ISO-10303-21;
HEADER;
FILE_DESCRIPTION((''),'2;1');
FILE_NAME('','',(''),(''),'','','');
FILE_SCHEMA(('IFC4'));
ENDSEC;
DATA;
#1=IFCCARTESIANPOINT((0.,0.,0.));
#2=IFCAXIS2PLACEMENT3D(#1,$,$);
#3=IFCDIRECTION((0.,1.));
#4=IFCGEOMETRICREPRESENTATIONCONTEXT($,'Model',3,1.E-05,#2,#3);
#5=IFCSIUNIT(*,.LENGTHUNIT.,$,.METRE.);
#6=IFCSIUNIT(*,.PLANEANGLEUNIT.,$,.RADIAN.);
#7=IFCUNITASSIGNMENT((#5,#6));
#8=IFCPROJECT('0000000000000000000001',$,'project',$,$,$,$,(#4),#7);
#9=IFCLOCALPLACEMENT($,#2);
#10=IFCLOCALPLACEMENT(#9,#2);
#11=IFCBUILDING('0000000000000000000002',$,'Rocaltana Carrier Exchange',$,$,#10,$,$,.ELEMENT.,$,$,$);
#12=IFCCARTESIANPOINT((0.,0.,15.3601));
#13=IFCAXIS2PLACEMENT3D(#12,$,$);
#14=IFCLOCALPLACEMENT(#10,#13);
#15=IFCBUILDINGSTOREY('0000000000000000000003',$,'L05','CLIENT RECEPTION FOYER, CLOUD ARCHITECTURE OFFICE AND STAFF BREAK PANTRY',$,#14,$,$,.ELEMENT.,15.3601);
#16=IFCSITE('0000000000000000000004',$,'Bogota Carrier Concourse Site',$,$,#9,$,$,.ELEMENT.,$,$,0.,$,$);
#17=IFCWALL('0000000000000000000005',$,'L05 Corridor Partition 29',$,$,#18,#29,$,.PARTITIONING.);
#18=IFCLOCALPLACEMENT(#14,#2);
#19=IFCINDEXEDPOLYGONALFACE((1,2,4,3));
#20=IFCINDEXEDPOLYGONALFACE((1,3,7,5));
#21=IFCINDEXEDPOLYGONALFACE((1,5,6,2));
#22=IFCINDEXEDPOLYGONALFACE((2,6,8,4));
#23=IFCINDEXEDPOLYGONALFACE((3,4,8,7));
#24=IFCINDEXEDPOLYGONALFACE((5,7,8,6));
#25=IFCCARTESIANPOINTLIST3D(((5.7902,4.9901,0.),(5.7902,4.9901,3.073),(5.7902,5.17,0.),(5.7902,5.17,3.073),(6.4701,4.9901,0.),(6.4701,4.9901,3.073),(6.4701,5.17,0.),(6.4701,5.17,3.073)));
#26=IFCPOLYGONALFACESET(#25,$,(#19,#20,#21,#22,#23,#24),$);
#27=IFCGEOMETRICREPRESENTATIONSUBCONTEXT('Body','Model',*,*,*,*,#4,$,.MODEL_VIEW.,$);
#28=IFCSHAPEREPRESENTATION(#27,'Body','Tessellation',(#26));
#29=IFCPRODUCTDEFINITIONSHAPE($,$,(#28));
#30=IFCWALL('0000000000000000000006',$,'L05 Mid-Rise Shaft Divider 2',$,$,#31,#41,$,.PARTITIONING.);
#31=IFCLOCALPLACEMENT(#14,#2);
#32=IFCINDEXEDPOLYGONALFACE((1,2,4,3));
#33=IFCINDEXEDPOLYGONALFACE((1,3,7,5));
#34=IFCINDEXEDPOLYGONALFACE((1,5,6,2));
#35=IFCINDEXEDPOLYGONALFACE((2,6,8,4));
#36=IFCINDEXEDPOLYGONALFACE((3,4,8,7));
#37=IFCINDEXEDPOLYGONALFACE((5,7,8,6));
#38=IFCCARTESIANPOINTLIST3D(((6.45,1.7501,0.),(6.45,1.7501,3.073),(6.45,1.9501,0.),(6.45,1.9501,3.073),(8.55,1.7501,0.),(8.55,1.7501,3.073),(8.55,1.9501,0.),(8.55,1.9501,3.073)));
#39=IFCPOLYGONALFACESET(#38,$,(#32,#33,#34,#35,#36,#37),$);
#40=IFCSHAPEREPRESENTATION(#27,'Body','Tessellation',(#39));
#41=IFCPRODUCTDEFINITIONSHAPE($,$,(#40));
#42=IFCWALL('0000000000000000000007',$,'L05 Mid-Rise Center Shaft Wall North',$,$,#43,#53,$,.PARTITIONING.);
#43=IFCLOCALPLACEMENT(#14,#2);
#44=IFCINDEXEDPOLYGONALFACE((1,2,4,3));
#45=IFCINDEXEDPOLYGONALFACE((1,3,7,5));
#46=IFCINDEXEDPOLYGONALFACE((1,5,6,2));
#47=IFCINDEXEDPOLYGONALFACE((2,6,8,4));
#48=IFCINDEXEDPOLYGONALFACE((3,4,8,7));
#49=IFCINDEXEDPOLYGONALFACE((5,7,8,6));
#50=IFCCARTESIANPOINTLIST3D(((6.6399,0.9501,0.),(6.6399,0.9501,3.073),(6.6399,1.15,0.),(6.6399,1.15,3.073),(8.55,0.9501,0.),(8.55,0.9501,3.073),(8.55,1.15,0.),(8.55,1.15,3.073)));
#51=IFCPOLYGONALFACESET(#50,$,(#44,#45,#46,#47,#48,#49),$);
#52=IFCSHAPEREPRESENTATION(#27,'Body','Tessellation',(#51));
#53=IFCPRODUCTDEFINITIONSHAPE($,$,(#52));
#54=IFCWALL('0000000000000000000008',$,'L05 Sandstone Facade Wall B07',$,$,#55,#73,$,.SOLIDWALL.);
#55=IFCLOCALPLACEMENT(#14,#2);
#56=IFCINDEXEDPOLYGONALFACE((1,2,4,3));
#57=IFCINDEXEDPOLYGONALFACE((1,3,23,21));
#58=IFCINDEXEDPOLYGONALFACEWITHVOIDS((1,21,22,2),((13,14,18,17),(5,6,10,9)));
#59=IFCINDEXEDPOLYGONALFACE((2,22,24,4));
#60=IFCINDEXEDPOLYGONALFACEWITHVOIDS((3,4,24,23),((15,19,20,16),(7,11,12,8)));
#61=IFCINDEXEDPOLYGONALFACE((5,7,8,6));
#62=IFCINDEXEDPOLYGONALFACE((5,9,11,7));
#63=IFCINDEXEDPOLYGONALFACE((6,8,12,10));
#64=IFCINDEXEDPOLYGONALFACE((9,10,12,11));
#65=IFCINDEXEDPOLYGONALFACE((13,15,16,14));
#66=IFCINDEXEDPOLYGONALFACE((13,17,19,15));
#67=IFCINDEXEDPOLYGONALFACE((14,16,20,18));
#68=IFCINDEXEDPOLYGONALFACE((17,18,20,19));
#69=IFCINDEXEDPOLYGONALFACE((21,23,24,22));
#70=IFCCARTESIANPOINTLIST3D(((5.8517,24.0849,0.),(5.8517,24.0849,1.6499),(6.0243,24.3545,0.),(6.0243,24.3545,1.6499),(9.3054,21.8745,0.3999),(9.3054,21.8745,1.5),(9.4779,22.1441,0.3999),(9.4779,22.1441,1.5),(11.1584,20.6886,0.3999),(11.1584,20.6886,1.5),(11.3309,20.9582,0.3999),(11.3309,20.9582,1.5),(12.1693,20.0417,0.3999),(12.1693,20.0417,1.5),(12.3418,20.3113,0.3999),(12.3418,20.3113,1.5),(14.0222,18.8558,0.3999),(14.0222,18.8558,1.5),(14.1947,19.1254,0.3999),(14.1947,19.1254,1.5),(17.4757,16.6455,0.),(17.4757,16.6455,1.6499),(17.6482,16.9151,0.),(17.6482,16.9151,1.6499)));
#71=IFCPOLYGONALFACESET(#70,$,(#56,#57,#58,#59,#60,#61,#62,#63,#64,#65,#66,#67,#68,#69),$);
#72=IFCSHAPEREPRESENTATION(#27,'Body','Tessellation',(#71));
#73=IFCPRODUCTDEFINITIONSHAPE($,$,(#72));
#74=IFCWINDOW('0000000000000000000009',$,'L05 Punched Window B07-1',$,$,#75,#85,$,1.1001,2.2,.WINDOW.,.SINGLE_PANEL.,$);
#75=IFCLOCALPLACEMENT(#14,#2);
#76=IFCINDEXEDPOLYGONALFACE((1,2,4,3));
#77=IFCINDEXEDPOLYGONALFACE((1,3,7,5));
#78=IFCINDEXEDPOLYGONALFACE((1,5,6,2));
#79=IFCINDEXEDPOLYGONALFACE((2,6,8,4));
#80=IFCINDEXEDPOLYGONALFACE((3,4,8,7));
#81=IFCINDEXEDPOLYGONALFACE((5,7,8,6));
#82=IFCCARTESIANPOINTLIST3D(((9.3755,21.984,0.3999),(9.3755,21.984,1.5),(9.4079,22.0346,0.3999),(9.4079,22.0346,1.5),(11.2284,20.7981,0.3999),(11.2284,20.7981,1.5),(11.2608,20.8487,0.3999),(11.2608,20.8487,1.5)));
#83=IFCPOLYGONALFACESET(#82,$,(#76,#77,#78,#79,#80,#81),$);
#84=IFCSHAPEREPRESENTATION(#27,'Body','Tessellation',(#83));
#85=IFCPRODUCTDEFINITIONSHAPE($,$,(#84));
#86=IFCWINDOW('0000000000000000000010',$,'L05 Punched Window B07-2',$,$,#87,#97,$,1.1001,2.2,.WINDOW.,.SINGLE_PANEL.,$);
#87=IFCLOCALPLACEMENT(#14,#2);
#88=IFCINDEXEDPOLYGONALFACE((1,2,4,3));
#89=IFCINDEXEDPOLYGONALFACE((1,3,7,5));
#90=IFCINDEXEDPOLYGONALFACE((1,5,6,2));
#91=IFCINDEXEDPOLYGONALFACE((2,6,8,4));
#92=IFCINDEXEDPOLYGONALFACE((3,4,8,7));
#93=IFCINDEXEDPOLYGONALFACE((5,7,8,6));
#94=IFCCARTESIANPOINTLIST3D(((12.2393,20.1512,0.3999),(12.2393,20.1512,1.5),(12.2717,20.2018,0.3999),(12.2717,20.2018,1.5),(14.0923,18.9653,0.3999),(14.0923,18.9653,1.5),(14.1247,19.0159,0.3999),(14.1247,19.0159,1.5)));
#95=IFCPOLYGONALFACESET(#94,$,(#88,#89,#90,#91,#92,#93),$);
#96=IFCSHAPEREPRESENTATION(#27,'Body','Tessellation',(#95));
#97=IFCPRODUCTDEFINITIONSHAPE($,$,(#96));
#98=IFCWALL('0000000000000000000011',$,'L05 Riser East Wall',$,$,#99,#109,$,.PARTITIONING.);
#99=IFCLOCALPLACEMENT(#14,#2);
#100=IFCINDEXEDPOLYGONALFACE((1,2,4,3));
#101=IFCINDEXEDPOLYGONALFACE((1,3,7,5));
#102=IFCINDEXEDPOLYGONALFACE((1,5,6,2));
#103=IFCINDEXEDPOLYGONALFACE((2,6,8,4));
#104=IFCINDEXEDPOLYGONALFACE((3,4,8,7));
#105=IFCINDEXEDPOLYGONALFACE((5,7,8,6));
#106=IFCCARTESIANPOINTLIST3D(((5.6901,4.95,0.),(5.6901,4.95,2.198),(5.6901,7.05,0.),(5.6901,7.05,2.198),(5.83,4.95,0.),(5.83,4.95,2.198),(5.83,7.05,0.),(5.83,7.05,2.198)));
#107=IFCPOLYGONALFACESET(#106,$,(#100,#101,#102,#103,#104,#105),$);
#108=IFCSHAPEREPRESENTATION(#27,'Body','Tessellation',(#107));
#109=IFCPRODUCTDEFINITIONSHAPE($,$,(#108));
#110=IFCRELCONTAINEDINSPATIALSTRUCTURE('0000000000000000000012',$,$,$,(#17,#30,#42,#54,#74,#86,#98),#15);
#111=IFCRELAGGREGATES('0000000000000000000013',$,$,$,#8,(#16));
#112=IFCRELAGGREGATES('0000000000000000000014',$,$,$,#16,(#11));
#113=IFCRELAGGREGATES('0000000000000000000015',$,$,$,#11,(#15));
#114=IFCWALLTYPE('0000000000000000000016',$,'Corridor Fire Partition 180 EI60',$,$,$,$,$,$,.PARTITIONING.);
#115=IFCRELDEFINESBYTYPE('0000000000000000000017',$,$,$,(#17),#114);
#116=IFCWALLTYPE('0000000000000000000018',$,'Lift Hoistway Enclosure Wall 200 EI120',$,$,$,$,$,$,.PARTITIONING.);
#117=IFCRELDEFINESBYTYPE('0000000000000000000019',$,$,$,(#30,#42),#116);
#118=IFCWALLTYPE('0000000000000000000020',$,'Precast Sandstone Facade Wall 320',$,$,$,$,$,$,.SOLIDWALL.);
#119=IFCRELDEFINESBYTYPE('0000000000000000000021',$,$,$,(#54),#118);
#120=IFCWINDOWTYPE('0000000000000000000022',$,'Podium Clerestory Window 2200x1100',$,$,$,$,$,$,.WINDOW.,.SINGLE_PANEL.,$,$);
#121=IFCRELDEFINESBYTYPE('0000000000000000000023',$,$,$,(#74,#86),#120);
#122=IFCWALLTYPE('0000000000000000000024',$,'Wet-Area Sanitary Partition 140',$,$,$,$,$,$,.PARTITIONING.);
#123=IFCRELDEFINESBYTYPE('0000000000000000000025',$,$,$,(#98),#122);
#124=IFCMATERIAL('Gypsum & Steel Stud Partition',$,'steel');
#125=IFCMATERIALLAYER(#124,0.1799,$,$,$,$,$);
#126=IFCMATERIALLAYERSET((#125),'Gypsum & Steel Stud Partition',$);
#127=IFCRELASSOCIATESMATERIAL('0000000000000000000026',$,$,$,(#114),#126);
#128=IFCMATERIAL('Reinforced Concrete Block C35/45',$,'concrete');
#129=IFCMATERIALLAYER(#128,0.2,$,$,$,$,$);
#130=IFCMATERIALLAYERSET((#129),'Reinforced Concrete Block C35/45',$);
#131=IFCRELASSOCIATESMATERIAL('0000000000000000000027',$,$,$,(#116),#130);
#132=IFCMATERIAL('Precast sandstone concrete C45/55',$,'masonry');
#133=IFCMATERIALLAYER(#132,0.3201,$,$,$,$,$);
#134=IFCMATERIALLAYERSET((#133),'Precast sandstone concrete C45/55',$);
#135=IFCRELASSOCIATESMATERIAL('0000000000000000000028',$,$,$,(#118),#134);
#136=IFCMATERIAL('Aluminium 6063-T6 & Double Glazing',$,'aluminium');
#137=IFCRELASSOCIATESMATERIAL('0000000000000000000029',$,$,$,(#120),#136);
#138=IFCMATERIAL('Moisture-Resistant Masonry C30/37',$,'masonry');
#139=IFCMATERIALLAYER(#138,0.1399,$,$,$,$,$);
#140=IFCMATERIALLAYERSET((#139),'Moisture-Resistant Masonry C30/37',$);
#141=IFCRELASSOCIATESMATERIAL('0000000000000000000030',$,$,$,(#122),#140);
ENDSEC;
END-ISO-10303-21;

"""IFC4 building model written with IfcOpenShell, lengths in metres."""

from ifc_helpers import new_model, si_unit, direction, frame, frame_2d, origin, place, context, subcontext, project, spatial, rectangle, extrude, material, layer, layer_set, type_object, element, fill, save


model = new_model("IFC4")

# Units and contexts
model_context = context("Model", 3, precision=1e-05, world=origin(), true_north=direction((0.0, 1.0)))
body_context = subcontext(model_context, "Body", "Model", "MODEL_VIEW")
ifc_project = project(units=[si_unit("LENGTHUNIT", "METRE"), si_unit("PLANEANGLEUNIT", "RADIAN")], contexts=[model_context])

# Site, building, storey
site_placement = place(None, origin())
site = spatial("IfcSite", under=ifc_project, at=site_placement, Name="Bogota Carrier Concourse Site", CompositionType="ELEMENT", RefElevation=0.0)
building_placement = place(site_placement, origin())
building = spatial("IfcBuilding", under=site, at=building_placement, Name="Rocaltana Carrier Exchange", CompositionType="ELEMENT")
storey_placement = place(building_placement, frame((0.0, 0.0, 15.3601)))
storey = spatial("IfcBuildingStorey", under=building, at=storey_placement, Name="L05", Description="CLIENT RECEPTION FOYER, CLOUD ARCHITECTURE OFFICE AND STAFF BREAK PANTRY", CompositionType="ELEMENT", Elevation=15.3601)

# Walls
ifc_material_1 = material(Name="Gypsum & Steel Stud Partition", Category="steel")
ifc_layer_1 = layer(ifc_material_1, 0.1799)
ifc_layer_set_1 = layer_set([ifc_layer_1], Name="Gypsum & Steel Stud Partition")
wall_type_1 = type_object("IfcWallType", Name="Corridor Fire Partition 180 EI60", PredefinedType="PARTITIONING", material=ifc_layer_set_1)
wall_1_placement = place(storey_placement, frame((6.47, 5.0801, 0.0), z_axis=(0.0, 0.0, 1.0), x_axis=(-1.0, 0.0, 0.0)))
element("IfcWall", 1, at=wall_1_placement, inside=storey, type_object=wall_type_1, Name="L05 Corridor Partition 29", PredefinedType="PARTITIONING", context=body_context, shape_type="SweptSolid", body=[
    extrude(rectangle(XDim=0.6799, YDim=0.1799, at=frame_2d((0.3398, 0.0))), origin(), (0.0, 0.0, 1.0), 3.073),
])
ifc_material_2 = material(Name="Reinforced Concrete Block C35/45", Category="concrete")
ifc_layer_2 = layer(ifc_material_2, 0.2)
ifc_layer_set_2 = layer_set([ifc_layer_2], Name="Reinforced Concrete Block C35/45")
wall_type_2 = type_object("IfcWallType", Name="Lift Hoistway Enclosure Wall 200 EI120", PredefinedType="PARTITIONING", material=ifc_layer_set_2)
wall_2_placement = place(storey_placement, frame((6.45, 1.8501, 0.0), z_axis=(0.0, 0.0, 1.0), x_axis=(1.0, 0.0, 0.0)))
element("IfcWall", 2, at=wall_2_placement, inside=storey, type_object=wall_type_2, Name="L05 Mid-Rise Shaft Divider 2", PredefinedType="PARTITIONING", context=body_context, shape_type="SweptSolid", body=[
    extrude(rectangle(XDim=2.1001, YDim=0.2, at=frame_2d((1.05, 0.0))), origin(), (0.0, 0.0, 1.0), 3.073),
])
wall_3_placement = place(storey_placement, frame((6.6399, 1.05, 0.0), z_axis=(0.0, 0.0, 1.0), x_axis=(1.0, 0.0, 0.0)))
element("IfcWall", 3, at=wall_3_placement, inside=storey, type_object=wall_type_2, Name="L05 Mid-Rise Center Shaft Wall North", PredefinedType="PARTITIONING", context=body_context, shape_type="SweptSolid", body=[
    extrude(rectangle(XDim=1.9102, YDim=0.2, at=frame_2d((0.9551, 0.0))), origin(), (0.0, 0.0, 1.0), 3.073),
])

# Wall, openings, windows
ifc_material_3 = material(Name="Precast sandstone concrete C45/55", Category="masonry")
ifc_layer_3 = layer(ifc_material_3, 0.3201)
ifc_layer_set_3 = layer_set([ifc_layer_3], Name="Precast sandstone concrete C45/55")
wall_type_3 = type_object("IfcWallType", Name="Precast Sandstone Facade Wall 320", PredefinedType="SOLIDWALL", material=ifc_layer_set_3)
wall_4_placement = place(storey_placement, frame((5.938, 24.2197, 0.0), z_axis=(0.0, 0.0, 1.0), x_axis=(0.842269, -0.539058, 0.0)))
wall_4 = element("IfcWall", 4, at=wall_4_placement, inside=storey, type_object=wall_type_3, Name="L05 Sandstone Facade Wall B07", PredefinedType="SOLIDWALL", context=body_context, shape_type="SweptSolid", body=[
    extrude(rectangle(XDim=13.8008, YDim=0.3201, at=frame_2d((6.9004, 0.0))), origin(), (0.0, 0.0, 1.0), 1.6499),
])
opening_1_placement = place(wall_4_placement, frame((4.1003, 0.0, 0.3999)))
opening_1 = element("IfcOpeningElement", 5, at=opening_1_placement, cuts=wall_4, PredefinedType="OPENING", context=body_context, shape_type="SweptSolid", body=[
    extrude(rectangle(XDim=2.2, YDim=1.1001, at=frame_2d((1.1001, 0.55))), frame((0.0, 0.1699, 0.0), z_axis=(0.0, -1.0, 0.0), x_axis=(1.0, 0.0, 0.0)), (0.0, 0.0, 1.0), 0.3401),
])
opening_2_placement = place(wall_4_placement, frame((7.5005, 0.0, 0.3999)))
opening_2 = element("IfcOpeningElement", 6, at=opening_2_placement, cuts=wall_4, PredefinedType="OPENING", context=body_context, shape_type="SweptSolid", body=[
    extrude(rectangle(XDim=2.2, YDim=1.1001, at=frame_2d((1.1001, 0.55))), frame((0.0, 0.1699, 0.0), z_axis=(0.0, -1.0, 0.0), x_axis=(1.0, 0.0, 0.0)), (0.0, 0.0, 1.0), 0.3401),
])
ifc_material_4 = material(Name="Aluminium 6063-T6 & Double Glazing", Category="aluminium")
window_type = type_object("IfcWindowType", Name="Podium Clerestory Window 2200x1100", PartitioningType="SINGLE_PANEL", PredefinedType="WINDOW", material=ifc_material_4)
window_1_placement = place(opening_1_placement, origin())
window_1 = element("IfcWindow", 7, at=window_1_placement, inside=storey, type_object=window_type, Name="L05 Punched Window B07-1", OverallHeight=1.1001, OverallWidth=2.2, PartitioningType="SINGLE_PANEL", PredefinedType="WINDOW", context=body_context, shape_type="SweptSolid", body=[
    extrude(rectangle(XDim=2.2, YDim=1.1001, at=frame_2d((1.1001, 0.55))), frame((0.0, 0.03, 0.0), z_axis=(0.0, -1.0, 0.0), x_axis=(1.0, 0.0, 0.0)), (0.0, 0.0, 1.0), 0.0601),
])
fill(opening_1, window_1)
window_2_placement = place(opening_2_placement, origin())
window_2 = element("IfcWindow", 8, at=window_2_placement, inside=storey, type_object=window_type, Name="L05 Punched Window B07-2", OverallHeight=1.1001, OverallWidth=2.2, PartitioningType="SINGLE_PANEL", PredefinedType="WINDOW", context=body_context, shape_type="SweptSolid", body=[
    extrude(rectangle(XDim=2.2, YDim=1.1001, at=frame_2d((1.1001, 0.55))), frame((0.0, 0.03, 0.0), z_axis=(0.0, -1.0, 0.0), x_axis=(1.0, 0.0, 0.0)), (0.0, 0.0, 1.0), 0.0601),
])
fill(opening_2, window_2)

# Wall
ifc_material_5 = material(Name="Moisture-Resistant Masonry C30/37", Category="masonry")
ifc_layer_4 = layer(ifc_material_5, 0.1399)
ifc_layer_set_4 = layer_set([ifc_layer_4], Name="Moisture-Resistant Masonry C30/37")
wall_type_4 = type_object("IfcWallType", Name="Wet-Area Sanitary Partition 140", PredefinedType="PARTITIONING", material=ifc_layer_set_4)
wall_5_placement = place(storey_placement, frame((5.76, 4.95, 0.0), z_axis=(0.0, 0.0, 1.0), x_axis=(0.0, 1.0, 0.0)))
element("IfcWall", 9, at=wall_5_placement, inside=storey, type_object=wall_type_4, Name="L05 Riser East Wall", PredefinedType="PARTITIONING", context=body_context, shape_type="SweptSolid", body=[
    extrude(rectangle(XDim=2.1001, YDim=0.1399, at=frame_2d((1.05, 0.0))), origin(), (0.0, 0.0, 1.0), 2.198),
])

save(model, "model.ifc")
